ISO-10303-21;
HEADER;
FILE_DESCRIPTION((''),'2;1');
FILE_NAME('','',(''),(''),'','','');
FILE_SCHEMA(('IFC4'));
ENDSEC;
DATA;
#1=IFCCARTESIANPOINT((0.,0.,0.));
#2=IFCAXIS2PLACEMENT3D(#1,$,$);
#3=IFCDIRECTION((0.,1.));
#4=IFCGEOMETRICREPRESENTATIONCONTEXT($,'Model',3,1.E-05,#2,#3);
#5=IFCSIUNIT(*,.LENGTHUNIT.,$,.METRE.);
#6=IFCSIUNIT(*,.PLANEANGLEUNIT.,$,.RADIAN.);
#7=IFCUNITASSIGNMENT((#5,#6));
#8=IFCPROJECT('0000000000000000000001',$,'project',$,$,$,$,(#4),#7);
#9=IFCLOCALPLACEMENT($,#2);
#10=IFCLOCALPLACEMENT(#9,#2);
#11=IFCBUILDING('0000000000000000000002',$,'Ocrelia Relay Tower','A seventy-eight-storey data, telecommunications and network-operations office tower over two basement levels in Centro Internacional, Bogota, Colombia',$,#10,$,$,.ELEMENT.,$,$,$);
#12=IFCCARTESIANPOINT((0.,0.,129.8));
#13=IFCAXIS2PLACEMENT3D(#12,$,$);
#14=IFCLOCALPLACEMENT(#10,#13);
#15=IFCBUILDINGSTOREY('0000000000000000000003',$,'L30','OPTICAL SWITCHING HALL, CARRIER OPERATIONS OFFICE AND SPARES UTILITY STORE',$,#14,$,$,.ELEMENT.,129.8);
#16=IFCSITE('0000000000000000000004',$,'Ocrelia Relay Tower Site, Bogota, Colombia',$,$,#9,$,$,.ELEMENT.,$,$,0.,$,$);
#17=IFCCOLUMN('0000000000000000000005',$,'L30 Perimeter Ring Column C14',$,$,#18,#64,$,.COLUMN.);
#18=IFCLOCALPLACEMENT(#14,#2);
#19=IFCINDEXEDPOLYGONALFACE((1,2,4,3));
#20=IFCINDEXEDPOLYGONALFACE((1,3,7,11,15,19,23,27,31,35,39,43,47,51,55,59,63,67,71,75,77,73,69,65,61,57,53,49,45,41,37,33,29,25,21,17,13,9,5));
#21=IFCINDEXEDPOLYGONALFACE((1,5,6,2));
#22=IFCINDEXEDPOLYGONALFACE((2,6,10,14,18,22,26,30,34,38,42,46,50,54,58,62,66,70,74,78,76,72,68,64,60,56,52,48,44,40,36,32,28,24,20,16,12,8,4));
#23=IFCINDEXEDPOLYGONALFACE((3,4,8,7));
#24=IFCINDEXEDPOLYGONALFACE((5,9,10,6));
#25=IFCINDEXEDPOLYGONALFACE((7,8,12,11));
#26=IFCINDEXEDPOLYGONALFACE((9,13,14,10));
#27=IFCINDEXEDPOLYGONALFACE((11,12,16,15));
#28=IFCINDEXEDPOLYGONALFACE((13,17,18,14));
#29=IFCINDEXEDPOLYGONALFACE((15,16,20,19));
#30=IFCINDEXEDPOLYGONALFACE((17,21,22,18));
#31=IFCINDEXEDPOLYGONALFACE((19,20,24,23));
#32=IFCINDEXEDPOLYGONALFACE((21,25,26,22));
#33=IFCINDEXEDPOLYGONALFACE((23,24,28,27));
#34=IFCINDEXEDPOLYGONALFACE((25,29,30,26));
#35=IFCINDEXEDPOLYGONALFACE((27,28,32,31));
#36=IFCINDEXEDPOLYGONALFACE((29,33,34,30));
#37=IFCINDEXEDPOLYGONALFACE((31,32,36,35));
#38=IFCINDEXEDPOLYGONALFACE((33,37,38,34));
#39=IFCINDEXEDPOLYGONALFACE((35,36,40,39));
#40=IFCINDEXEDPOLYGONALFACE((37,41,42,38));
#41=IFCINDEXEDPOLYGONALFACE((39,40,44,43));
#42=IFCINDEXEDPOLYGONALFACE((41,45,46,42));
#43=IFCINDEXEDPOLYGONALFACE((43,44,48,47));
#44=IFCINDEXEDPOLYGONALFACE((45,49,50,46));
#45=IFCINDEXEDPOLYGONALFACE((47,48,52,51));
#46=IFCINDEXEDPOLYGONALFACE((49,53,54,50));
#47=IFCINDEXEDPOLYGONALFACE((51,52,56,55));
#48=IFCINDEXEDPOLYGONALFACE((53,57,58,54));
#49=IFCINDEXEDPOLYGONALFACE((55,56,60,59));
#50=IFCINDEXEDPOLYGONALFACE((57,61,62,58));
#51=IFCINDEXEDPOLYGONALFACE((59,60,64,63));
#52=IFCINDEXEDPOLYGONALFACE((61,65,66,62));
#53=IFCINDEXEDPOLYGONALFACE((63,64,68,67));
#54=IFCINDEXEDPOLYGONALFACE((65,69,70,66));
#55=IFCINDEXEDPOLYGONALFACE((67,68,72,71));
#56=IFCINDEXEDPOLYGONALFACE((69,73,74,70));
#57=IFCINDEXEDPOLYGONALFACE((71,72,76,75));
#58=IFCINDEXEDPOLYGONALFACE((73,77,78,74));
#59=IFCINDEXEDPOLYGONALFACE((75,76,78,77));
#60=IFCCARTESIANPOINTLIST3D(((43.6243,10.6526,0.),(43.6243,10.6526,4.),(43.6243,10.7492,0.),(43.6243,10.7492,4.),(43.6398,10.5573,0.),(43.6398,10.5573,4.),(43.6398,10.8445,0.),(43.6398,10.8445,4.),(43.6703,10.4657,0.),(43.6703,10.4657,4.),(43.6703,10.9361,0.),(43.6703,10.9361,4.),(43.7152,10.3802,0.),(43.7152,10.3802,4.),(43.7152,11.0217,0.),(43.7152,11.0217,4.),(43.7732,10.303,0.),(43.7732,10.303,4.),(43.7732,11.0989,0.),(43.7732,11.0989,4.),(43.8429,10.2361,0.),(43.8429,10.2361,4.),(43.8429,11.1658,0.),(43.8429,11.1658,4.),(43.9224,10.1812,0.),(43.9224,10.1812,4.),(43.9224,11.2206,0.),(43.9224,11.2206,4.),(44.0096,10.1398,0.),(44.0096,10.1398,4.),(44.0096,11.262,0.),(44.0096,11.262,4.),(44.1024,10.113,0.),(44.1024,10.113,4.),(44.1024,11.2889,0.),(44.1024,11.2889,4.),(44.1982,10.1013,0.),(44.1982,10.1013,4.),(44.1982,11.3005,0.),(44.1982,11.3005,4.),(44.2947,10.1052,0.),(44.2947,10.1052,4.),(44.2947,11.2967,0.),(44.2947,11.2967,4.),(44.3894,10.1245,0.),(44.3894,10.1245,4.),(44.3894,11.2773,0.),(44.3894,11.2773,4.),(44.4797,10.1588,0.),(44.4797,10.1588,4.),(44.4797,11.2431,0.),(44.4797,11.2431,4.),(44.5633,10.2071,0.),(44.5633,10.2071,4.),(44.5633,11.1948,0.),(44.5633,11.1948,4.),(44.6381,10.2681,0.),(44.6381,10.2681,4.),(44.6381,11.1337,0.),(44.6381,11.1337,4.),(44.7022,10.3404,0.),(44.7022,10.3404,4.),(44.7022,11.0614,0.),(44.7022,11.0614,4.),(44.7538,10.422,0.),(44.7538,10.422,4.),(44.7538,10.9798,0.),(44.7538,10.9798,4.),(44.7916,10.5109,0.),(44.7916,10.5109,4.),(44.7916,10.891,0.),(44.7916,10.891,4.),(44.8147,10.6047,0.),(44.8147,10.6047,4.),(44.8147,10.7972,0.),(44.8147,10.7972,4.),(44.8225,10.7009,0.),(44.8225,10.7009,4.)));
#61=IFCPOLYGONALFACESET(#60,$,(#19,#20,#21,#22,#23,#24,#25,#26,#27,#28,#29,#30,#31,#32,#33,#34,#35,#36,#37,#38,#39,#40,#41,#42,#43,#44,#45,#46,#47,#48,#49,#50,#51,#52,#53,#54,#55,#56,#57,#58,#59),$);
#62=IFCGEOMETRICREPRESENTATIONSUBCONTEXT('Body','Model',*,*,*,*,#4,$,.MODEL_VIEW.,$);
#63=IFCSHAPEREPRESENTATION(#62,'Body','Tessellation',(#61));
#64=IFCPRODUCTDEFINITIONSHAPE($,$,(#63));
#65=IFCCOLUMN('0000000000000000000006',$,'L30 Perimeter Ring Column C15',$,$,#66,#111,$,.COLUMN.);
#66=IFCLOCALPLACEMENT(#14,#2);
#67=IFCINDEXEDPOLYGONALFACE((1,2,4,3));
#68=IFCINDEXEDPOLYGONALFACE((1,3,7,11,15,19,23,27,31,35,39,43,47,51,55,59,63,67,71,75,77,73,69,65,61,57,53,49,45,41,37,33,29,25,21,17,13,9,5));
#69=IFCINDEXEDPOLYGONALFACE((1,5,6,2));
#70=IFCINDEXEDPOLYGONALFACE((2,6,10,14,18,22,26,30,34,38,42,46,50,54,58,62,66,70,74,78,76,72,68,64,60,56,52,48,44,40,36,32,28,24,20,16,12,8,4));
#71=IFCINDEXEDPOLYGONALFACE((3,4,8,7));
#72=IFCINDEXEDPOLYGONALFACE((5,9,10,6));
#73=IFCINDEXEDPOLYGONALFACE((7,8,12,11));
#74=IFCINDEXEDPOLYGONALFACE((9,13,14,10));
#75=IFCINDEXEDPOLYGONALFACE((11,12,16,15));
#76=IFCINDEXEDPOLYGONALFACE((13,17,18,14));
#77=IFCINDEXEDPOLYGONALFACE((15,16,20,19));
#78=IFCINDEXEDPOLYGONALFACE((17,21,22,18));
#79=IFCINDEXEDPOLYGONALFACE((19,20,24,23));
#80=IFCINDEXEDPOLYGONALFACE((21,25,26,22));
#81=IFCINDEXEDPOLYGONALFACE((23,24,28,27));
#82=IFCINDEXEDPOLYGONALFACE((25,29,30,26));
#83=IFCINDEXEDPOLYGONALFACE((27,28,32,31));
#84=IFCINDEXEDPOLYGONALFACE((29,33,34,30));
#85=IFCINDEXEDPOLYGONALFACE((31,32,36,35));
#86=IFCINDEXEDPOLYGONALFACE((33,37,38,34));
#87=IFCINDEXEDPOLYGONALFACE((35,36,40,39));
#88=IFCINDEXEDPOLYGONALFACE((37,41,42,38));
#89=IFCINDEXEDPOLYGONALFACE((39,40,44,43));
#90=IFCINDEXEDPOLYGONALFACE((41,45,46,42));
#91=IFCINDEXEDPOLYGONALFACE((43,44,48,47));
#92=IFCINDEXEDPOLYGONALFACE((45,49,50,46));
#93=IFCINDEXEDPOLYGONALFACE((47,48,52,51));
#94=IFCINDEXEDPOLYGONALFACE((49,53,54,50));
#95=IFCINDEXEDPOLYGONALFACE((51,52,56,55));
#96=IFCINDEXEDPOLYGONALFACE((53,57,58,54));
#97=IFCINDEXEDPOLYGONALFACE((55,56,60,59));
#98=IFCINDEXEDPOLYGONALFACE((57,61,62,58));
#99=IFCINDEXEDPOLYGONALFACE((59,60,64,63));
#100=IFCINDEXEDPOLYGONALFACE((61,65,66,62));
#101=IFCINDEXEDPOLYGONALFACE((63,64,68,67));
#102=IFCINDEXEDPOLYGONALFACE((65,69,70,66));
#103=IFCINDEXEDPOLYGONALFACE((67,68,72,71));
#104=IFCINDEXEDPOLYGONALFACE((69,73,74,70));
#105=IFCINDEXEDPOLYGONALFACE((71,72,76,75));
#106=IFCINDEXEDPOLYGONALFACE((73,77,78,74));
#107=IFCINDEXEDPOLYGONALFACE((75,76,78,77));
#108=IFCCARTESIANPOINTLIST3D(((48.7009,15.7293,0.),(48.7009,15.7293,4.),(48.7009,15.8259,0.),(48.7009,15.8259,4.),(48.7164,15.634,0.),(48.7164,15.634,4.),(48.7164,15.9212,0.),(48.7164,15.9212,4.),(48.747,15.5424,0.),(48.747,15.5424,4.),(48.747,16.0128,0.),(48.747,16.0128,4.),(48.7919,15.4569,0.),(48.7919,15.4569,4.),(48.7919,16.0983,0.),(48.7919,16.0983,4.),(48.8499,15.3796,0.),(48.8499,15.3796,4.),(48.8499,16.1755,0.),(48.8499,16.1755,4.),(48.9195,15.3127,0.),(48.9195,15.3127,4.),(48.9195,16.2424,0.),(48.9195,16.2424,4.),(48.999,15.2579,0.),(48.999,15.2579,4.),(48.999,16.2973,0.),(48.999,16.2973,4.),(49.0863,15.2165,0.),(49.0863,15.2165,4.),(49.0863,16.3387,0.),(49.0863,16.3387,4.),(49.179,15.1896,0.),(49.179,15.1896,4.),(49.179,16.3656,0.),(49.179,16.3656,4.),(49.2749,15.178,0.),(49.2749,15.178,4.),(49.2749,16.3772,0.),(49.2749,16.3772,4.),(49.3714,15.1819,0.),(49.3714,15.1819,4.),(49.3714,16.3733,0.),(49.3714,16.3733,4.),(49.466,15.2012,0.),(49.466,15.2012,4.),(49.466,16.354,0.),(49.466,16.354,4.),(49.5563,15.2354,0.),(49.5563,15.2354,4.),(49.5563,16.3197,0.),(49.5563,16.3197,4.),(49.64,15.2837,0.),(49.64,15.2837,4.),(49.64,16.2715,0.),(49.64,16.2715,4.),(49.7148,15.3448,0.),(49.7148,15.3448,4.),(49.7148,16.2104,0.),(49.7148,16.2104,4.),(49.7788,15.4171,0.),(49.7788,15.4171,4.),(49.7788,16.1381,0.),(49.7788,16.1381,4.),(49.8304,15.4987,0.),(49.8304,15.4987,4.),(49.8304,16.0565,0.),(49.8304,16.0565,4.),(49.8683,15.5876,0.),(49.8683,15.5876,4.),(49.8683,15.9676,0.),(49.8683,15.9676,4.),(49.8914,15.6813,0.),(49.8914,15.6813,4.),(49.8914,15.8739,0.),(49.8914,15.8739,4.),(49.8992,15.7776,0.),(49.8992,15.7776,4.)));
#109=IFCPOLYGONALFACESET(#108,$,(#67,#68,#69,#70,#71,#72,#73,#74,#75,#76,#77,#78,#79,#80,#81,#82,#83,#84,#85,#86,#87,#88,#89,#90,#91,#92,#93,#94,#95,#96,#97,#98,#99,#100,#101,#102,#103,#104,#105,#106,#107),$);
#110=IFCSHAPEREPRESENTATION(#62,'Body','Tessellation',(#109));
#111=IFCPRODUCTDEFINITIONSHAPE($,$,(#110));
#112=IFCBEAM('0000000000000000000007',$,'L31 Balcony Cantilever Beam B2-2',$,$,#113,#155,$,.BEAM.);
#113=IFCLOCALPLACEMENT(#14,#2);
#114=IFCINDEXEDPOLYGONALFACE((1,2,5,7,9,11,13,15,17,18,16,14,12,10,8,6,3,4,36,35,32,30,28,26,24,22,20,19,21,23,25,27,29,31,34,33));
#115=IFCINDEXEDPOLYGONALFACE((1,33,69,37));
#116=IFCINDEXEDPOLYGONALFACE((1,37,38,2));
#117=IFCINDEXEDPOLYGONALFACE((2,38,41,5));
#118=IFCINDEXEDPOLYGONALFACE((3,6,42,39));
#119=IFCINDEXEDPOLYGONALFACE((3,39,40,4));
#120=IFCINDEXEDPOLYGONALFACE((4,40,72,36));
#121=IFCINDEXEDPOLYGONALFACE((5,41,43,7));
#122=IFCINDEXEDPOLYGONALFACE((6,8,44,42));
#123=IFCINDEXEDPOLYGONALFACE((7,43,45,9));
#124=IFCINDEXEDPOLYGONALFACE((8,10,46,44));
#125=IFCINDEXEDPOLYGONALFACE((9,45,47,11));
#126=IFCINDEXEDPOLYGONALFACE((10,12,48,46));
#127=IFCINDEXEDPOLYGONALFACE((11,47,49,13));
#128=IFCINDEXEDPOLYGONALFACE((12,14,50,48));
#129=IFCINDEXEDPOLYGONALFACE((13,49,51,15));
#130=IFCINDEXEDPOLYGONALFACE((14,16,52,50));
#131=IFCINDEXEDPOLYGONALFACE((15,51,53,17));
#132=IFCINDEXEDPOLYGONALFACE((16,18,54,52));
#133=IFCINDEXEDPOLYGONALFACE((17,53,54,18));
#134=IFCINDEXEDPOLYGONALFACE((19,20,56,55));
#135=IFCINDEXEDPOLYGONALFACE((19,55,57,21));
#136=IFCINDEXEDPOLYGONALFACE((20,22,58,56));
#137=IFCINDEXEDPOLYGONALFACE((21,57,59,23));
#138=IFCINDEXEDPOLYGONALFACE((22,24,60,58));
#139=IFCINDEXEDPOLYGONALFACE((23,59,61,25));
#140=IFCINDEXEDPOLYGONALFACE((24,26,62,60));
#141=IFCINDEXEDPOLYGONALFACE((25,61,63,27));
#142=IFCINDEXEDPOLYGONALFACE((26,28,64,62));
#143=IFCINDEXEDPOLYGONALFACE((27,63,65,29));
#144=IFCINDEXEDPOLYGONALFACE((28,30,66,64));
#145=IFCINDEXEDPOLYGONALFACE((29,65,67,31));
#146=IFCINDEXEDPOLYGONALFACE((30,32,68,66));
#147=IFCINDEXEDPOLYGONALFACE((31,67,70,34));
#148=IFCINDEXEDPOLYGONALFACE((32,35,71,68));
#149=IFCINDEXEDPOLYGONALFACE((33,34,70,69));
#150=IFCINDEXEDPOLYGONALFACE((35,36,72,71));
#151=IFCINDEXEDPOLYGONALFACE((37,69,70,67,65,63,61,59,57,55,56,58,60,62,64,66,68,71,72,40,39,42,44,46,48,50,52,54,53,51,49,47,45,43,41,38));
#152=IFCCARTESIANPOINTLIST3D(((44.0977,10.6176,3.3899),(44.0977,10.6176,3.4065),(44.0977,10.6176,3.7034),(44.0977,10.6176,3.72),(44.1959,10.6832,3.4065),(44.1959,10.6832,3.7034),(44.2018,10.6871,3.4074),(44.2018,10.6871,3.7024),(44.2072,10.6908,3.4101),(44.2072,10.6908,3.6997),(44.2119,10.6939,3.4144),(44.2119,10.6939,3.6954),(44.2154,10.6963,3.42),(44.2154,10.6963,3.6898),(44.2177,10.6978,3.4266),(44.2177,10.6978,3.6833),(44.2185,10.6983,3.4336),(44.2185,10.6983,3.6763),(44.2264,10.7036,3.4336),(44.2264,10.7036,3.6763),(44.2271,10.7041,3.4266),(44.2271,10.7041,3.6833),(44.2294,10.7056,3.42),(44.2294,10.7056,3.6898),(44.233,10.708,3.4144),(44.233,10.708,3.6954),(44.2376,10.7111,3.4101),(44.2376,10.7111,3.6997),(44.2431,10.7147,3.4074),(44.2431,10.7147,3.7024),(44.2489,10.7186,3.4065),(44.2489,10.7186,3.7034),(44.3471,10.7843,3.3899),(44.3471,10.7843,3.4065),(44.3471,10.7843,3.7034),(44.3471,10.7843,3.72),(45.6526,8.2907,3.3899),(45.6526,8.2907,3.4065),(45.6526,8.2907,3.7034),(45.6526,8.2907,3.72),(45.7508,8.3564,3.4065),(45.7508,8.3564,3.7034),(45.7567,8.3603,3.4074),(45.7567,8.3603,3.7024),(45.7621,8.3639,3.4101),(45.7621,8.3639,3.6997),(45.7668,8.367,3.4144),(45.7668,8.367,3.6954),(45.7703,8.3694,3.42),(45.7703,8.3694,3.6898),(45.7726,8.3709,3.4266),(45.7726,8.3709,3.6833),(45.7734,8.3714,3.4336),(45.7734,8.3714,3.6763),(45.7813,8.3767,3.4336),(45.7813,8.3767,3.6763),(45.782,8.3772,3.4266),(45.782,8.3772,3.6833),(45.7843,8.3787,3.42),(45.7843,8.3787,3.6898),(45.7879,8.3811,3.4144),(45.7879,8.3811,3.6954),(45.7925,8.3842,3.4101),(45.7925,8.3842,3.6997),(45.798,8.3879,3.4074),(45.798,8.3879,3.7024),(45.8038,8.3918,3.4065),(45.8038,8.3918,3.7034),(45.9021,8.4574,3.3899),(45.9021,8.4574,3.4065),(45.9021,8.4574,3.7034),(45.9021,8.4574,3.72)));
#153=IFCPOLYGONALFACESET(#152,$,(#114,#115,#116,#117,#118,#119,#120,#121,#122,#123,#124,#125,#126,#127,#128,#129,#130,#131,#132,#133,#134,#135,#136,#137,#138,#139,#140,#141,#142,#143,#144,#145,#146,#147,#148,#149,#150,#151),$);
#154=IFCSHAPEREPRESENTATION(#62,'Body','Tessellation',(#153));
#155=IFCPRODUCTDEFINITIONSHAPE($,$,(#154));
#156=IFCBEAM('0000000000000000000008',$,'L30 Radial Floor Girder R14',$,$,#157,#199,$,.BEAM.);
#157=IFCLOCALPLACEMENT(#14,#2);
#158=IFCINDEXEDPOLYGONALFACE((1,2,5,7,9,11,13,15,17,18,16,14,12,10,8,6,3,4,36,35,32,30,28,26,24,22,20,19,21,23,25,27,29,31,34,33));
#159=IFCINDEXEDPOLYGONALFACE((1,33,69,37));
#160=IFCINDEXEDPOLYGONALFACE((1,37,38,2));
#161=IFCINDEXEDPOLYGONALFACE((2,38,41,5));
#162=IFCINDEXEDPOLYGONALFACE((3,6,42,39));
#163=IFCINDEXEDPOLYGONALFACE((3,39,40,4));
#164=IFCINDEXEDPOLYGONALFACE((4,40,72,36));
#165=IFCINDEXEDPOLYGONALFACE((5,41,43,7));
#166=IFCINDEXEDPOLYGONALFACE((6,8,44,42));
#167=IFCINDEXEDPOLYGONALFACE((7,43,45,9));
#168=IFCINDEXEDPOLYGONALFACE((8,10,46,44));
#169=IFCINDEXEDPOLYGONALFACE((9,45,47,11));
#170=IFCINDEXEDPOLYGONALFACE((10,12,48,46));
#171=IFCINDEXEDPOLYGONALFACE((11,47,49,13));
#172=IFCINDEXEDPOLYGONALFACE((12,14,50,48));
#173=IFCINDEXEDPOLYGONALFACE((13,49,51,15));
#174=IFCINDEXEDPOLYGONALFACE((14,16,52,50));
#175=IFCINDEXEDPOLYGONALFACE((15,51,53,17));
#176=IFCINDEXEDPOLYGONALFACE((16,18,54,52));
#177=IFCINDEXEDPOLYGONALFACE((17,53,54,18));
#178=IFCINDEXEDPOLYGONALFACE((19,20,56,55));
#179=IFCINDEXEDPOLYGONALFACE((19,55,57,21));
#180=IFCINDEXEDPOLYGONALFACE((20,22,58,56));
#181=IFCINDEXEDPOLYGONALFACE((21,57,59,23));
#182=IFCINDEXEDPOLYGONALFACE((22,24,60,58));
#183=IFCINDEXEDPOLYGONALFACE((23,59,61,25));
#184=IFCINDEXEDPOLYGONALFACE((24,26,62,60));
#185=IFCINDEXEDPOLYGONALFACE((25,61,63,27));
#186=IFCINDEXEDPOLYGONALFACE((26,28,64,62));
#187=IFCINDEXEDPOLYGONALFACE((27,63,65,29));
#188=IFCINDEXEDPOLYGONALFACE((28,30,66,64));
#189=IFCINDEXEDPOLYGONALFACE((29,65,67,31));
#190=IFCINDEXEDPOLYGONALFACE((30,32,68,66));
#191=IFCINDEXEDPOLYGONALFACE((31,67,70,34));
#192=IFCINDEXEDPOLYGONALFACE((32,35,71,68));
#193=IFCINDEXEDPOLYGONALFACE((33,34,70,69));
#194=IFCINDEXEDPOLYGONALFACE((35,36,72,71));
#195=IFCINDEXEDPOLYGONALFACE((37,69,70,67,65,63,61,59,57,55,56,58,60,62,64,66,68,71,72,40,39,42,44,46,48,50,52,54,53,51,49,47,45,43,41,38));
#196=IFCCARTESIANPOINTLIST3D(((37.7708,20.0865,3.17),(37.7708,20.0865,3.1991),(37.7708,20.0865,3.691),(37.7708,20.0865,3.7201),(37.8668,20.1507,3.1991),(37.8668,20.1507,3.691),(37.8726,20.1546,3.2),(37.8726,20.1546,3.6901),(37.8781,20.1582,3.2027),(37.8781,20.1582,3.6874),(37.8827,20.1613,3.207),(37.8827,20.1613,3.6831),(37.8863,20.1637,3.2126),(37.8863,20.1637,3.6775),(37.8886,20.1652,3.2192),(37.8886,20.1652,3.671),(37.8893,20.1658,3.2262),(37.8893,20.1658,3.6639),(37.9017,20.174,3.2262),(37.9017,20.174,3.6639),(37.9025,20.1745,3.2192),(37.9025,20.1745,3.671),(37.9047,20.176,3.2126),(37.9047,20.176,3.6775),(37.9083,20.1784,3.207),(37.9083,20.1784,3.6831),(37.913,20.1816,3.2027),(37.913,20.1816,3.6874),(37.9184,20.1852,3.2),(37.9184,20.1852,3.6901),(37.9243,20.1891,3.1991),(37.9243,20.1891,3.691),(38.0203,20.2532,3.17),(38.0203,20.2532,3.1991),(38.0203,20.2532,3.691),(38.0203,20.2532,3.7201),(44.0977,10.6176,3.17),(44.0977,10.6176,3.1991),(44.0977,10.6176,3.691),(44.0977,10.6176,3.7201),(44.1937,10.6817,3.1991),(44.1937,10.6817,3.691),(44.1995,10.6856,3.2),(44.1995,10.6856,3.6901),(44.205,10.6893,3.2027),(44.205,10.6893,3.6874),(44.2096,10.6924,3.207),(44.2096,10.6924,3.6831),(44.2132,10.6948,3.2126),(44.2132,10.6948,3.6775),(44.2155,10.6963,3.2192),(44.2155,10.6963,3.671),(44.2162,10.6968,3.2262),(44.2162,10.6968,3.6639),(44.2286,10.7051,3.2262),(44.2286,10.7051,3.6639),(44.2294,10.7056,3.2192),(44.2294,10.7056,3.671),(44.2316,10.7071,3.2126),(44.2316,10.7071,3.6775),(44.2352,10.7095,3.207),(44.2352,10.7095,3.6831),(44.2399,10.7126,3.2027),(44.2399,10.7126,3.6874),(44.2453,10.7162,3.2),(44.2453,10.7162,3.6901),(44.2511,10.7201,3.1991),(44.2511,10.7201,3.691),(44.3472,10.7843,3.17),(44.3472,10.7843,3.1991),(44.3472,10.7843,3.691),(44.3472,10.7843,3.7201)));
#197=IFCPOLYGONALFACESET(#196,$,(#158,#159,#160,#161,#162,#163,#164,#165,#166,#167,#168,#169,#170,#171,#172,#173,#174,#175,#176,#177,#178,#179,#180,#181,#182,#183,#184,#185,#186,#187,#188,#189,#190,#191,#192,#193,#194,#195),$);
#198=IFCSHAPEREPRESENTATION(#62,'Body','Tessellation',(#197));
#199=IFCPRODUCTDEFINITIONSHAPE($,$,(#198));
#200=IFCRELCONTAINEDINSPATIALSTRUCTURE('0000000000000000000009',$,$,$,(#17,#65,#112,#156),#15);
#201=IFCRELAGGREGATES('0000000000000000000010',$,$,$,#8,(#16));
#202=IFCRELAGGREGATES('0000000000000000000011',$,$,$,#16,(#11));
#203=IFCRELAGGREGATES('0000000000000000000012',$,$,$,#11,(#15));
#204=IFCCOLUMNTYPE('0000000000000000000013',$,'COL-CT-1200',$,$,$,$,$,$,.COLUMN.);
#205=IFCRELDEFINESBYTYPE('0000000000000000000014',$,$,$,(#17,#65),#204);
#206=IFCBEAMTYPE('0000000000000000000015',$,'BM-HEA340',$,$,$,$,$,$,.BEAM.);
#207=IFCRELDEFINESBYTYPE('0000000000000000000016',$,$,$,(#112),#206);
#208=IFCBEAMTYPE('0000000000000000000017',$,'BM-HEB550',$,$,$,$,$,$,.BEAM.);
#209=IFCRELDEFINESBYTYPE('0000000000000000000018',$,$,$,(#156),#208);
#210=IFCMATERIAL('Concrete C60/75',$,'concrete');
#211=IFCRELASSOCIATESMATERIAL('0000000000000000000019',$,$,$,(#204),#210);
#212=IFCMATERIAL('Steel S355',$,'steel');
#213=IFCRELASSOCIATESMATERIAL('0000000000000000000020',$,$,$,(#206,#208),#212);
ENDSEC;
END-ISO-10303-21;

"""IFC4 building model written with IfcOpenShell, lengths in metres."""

from ifc_helpers import new_model, si_unit, direction, frame, origin, origin_2d, place, context, subcontext, project, spatial, circle, i_section, extrude, material, material_profile, profile_set, type_object, element, save


model = new_model("IFC4")

# Units and contexts
model_context = context("Model", 3, precision=1e-05, world=origin(), true_north=direction((0.0, 1.0)))
body_context = subcontext(model_context, "Body", "Model", "MODEL_VIEW")
ifc_project = project(units=[si_unit("LENGTHUNIT", "METRE"), si_unit("PLANEANGLEUNIT", "RADIAN")], contexts=[model_context])

# Site, building, storey
site_placement = place(None, origin())
site = spatial("IfcSite", under=ifc_project, at=site_placement, Name="Ocrelia Relay Tower Site, Bogota, Colombia", CompositionType="ELEMENT", RefElevation=0.0)
building_placement = place(site_placement, origin())
building = spatial("IfcBuilding", under=site, at=building_placement, Name="Ocrelia Relay Tower", Description="A seventy-eight-storey data, telecommunications and network-operations office tower over two basement levels in Centro Internacional, Bogota, Colombia", CompositionType="ELEMENT")
storey_placement = place(building_placement, frame((0.0, 0.0, 129.8)))
storey = spatial("IfcBuildingStorey", under=building, at=storey_placement, Name="L30", Description="OPTICAL SWITCHING HALL, CARRIER OPERATIONS OFFICE AND SPARES UTILITY STORE", CompositionType="ELEMENT", Elevation=129.8)

# Columns
ifc_material_1 = material(Name="Concrete C60/75", Category="concrete")
ifc_material_profile_1 = material_profile(ifc_material_1, circle(Radius=0.6001, at=origin_2d()), Name="RC-CIR-1200")
ifc_profile_set_1 = profile_set([ifc_material_profile_1], Name="Concrete C60/75")
column_type = type_object("IfcColumnType", Name="COL-CT-1200", PredefinedType="COLUMN", material=ifc_profile_set_1)
for number, where, z_axis, x_axis, name in (
    (1, (44.2224, 10.7009, 0.0), (0.0, 0.0, 1.0), (1.0, 0.0, 0.0), "L30 Perimeter Ring Column C14"),
    (2, (49.2991, 15.7776, 0.0), (0.0, 0.0, 1.0), (1.0, 0.0, 0.0), "L30 Perimeter Ring Column C15"),
):
    element("IfcColumn", number, at=place(storey_placement, frame(where, z_axis=z_axis, x_axis=x_axis)), inside=storey, type_object=column_type, Name=name, PredefinedType="COLUMN", context=body_context, shape_type="SweptSolid", body=[
        extrude(circle(Radius=0.6001, at=origin_2d()), origin(), (0.0, 0.0, 1.0), 4.0),
    ])

# Beams
ifc_material_2 = material(Name="Steel S355", Category="steel")
ifc_material_profile_2 = material_profile(ifc_material_2, i_section(OverallWidth=0.3, OverallDepth=0.3301, WebThickness=0.0095, FlangeThickness=0.0166, FilletRadius=0.0271, at=origin_2d()), Name="HEA 340")
ifc_profile_set_2 = profile_set([ifc_material_profile_2], Name="Steel S355")
beam_type_1 = type_object("IfcBeamType", Name="BM-HEA340", PredefinedType="BEAM", material=ifc_profile_set_2)
beam_1_placement = place(storey_placement, frame((44.2224, 10.7009, 3.5549), z_axis=(0.555606, -0.831446, 0.0), x_axis=(0.831446, 0.555606, 0.0)))
element("IfcBeam", 3, at=beam_1_placement, inside=storey, type_object=beam_type_1, Name="L31 Balcony Cantilever Beam B2-2", PredefinedType="BEAM", context=body_context, shape_type="SweptSolid", body=[
    extrude(i_section(OverallWidth=0.3, OverallDepth=0.3301, WebThickness=0.0095, FlangeThickness=0.0166, FilletRadius=0.0271, at=origin_2d()), origin(), (0.0, 0.0, 1.0), 2.7986),
])
ifc_material_profile_3 = material_profile(ifc_material_2, i_section(OverallWidth=0.3, OverallDepth=0.55, WebThickness=0.0149, FlangeThickness=0.0291, FilletRadius=0.0271, at=origin_2d()), Name="HEB 550")
ifc_profile_set_3 = profile_set([ifc_material_profile_3], Name="Steel S355")
beam_type_2 = type_object("IfcBeamType", Name="BM-HEB550", PredefinedType="BEAM", material=ifc_profile_set_3)
beam_2_placement = place(storey_placement, frame((44.2224, 10.7009, 3.4451), z_axis=(-0.555566, 0.831473, 0.0), x_axis=(-0.831473, -0.555566, 0.0)))
element("IfcBeam", 4, at=beam_2_placement, inside=storey, type_object=beam_type_2, Name="L30 Radial Floor Girder R14", PredefinedType="BEAM", context=body_context, shape_type="SweptSolid", body=[
    extrude(i_section(OverallWidth=0.3, OverallDepth=0.55, WebThickness=0.0149, FlangeThickness=0.0291, FilletRadius=0.0271, at=origin_2d()), origin(), (0.0, 0.0, 1.0), 11.3882),
])

save(model, "model.ifc")
